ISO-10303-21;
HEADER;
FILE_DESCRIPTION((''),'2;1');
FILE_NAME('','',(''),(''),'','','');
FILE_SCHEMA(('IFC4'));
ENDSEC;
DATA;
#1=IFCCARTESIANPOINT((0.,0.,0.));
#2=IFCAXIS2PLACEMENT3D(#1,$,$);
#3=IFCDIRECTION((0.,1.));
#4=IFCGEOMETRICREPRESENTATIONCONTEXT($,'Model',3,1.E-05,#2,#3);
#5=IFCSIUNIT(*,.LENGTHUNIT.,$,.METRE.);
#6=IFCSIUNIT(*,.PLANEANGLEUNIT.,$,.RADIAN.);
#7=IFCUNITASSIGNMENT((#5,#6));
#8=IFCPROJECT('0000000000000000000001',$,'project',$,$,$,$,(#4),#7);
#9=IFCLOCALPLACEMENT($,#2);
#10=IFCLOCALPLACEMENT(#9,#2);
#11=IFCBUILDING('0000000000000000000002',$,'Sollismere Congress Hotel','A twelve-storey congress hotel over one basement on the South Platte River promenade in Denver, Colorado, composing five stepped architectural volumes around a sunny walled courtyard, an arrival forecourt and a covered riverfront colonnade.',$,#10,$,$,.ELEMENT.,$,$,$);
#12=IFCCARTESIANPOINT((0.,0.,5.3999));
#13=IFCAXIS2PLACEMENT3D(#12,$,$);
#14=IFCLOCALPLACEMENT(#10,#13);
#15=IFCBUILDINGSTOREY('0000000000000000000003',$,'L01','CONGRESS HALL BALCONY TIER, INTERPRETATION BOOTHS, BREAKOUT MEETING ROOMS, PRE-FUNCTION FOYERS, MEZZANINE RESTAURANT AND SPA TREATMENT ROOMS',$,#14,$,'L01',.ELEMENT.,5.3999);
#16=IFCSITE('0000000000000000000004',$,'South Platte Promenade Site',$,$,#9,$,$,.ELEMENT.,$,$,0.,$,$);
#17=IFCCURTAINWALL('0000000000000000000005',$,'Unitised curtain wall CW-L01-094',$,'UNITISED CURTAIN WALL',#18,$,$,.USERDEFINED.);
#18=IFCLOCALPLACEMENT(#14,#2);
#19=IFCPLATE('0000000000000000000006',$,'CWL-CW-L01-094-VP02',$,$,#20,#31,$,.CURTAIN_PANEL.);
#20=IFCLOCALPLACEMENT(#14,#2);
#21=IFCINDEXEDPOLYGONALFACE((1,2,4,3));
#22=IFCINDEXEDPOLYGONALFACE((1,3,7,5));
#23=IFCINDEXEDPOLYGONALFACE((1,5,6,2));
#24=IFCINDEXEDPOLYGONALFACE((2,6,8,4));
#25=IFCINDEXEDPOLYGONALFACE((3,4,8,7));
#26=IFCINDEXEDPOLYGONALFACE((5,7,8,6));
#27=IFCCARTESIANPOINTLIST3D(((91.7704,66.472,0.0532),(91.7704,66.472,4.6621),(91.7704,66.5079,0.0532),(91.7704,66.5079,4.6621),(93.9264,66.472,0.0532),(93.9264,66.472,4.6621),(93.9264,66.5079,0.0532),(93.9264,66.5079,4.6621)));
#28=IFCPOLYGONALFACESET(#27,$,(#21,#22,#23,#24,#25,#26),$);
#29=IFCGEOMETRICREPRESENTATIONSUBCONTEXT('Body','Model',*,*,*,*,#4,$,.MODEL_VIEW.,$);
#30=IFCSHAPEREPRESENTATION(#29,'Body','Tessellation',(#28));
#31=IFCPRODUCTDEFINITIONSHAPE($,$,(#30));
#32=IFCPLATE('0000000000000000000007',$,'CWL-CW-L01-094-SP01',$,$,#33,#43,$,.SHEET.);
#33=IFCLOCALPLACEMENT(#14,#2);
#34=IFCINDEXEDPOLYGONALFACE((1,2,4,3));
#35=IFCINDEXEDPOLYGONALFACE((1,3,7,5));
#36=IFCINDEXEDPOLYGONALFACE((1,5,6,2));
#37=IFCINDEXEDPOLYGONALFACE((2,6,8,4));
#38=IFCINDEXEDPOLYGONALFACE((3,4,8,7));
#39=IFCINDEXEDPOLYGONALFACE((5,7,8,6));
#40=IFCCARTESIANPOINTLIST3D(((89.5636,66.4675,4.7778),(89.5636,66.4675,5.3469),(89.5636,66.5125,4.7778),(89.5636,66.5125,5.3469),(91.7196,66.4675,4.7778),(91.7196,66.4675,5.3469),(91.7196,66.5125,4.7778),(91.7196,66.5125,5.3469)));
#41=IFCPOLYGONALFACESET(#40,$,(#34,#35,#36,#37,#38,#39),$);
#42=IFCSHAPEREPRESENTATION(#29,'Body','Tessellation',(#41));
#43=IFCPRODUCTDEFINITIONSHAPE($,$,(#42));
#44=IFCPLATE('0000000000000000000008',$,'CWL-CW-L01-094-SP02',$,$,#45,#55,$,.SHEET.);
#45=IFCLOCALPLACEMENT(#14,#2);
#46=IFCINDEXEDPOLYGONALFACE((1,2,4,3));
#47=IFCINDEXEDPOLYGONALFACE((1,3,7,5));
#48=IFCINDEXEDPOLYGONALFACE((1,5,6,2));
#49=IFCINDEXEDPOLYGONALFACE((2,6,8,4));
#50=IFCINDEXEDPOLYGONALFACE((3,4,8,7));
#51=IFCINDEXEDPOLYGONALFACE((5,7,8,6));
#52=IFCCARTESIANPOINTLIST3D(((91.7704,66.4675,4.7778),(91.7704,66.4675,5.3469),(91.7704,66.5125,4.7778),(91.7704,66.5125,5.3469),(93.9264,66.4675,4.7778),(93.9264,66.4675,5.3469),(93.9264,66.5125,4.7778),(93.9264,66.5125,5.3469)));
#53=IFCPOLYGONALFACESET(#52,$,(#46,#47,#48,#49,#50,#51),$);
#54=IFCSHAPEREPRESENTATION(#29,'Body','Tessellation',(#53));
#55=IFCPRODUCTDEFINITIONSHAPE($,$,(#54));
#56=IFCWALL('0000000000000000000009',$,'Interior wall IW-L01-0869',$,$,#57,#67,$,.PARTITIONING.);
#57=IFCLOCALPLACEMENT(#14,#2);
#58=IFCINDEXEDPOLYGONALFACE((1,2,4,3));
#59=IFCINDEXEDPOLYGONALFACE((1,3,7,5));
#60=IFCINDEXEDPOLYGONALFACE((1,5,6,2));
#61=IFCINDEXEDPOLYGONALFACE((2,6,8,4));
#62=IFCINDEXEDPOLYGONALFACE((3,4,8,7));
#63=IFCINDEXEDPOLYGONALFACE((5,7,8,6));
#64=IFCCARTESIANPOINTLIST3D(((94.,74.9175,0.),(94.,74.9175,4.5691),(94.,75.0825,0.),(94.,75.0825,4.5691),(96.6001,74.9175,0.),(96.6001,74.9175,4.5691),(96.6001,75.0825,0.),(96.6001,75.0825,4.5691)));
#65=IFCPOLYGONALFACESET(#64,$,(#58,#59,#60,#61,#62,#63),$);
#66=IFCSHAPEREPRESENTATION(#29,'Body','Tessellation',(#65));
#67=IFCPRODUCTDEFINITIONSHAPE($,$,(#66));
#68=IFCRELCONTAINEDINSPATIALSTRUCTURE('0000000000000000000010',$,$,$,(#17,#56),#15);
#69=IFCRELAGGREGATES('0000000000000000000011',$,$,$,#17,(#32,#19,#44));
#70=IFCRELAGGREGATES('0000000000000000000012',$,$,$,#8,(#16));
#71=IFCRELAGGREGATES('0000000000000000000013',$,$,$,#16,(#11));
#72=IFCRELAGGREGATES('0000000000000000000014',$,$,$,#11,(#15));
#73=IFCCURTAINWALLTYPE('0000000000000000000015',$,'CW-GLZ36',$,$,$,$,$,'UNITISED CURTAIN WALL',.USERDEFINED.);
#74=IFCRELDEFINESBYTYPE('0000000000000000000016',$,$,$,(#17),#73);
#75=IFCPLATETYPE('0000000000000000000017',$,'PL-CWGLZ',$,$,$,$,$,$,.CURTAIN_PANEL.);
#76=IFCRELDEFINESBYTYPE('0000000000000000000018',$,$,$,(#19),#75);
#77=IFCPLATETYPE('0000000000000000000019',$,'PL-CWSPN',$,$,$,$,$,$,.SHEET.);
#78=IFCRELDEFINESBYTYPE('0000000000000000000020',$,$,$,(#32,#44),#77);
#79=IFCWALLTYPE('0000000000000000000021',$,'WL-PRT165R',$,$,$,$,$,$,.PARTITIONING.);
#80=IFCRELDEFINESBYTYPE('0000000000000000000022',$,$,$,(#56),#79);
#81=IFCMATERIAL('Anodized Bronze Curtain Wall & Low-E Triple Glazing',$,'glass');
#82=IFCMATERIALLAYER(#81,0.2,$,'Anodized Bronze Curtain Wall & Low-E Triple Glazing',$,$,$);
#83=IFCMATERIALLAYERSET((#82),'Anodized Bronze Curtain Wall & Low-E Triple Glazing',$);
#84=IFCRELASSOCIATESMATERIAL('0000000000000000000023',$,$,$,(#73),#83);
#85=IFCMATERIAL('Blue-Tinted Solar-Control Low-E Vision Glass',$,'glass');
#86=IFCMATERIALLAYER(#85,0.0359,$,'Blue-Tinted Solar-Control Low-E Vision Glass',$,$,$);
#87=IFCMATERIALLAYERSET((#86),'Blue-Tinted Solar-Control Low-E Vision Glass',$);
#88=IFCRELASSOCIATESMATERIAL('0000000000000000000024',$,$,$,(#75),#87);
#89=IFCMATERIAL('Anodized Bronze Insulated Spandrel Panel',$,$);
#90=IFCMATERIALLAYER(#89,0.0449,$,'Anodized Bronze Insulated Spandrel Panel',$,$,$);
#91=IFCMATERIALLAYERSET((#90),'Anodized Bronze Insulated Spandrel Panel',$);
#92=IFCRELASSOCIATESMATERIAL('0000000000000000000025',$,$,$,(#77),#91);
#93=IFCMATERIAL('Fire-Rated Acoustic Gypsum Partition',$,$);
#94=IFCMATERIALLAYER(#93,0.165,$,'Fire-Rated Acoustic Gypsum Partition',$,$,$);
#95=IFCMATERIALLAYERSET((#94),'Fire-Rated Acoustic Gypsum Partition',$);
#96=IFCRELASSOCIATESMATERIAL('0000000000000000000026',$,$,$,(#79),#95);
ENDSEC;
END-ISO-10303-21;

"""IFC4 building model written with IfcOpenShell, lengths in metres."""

from ifc_helpers import new_model, si_unit, direction, frame, frame_2d, origin, origin_2d, place, context, subcontext, project, spatial, rectangle, extrude, material, layer, layer_set, type_object, element, aggregate, save


model = new_model("IFC4")

# Units and contexts
model_context = context("Model", 3, precision=1e-05, world=origin(), true_north=direction((0.0, 1.0)))
body_context = subcontext(model_context, "Body", "Model", "MODEL_VIEW")
ifc_project = project(units=[si_unit("LENGTHUNIT", "METRE"), si_unit("PLANEANGLEUNIT", "RADIAN")], contexts=[model_context])

# Site, building, storey
site_placement = place(None, origin())
site = spatial("IfcSite", under=ifc_project, at=site_placement, Name="South Platte Promenade Site", CompositionType="ELEMENT", RefElevation=0.0)
building_placement = place(site_placement, origin())
building = spatial("IfcBuilding", under=site, at=building_placement, Name="Sollismere Congress Hotel", Description="A twelve-storey congress hotel over one basement on the South Platte River promenade in Denver, Colorado, composing five stepped architectural volumes around a sunny walled courtyard, an arrival forecourt and a covered riverfront colonnade.", CompositionType="ELEMENT")
storey_placement = place(building_placement, frame((0.0, 0.0, 5.3999)))
storey = spatial("IfcBuildingStorey", under=building, at=storey_placement, Name="L01", Description="CONGRESS HALL BALCONY TIER, INTERPRETATION BOOTHS, BREAKOUT MEETING ROOMS, PRE-FUNCTION FOYERS, MEZZANINE RESTAURANT AND SPA TREATMENT ROOMS", LongName="L01", CompositionType="ELEMENT", Elevation=5.3999)

# Curtain wall
ifc_material_1 = material(Name="Anodized Bronze Curtain Wall & Low-E Triple Glazing", Category="glass")
ifc_layer_1 = layer(ifc_material_1, 0.2, Name="Anodized Bronze Curtain Wall & Low-E Triple Glazing")
ifc_layer_set_1 = layer_set([ifc_layer_1], Name="Anodized Bronze Curtain Wall & Low-E Triple Glazing")
curtain_wall_type = type_object("IfcCurtainWallType", Name="CW-GLZ36", ElementType="UNITISED CURTAIN WALL", PredefinedType="USERDEFINED", material=ifc_layer_set_1)
curtain_wall_1_placement = place(storey_placement, origin())
curtain_wall_1 = element("IfcCurtainWall", 1, at=curtain_wall_1_placement, inside=storey, type_object=curtain_wall_type, Name="Unitised curtain wall CW-L01-094", ObjectType="UNITISED CURTAIN WALL", PredefinedType="USERDEFINED")

# Plates
ifc_material_2 = material(Name="Blue-Tinted Solar-Control Low-E Vision Glass", Category="glass")
ifc_layer_2 = layer(ifc_material_2, 0.0359, Name="Blue-Tinted Solar-Control Low-E Vision Glass")
ifc_layer_set_2 = layer_set([ifc_layer_2], Name="Blue-Tinted Solar-Control Low-E Vision Glass")
plate_type_1 = type_object("IfcPlateType", Name="PL-CWGLZ", PredefinedType="CURTAIN_PANEL", material=ifc_layer_set_2)
plate_1_placement = place(storey_placement, frame((92.8484, 66.49, 0.0532), z_axis=(0.0, 0.0, 1.0), x_axis=(1.0, 0.0, 0.0)))
plate_1 = element("IfcPlate", 2, at=plate_1_placement, type_object=plate_type_1, Name="CWL-CW-L01-094-VP02", PredefinedType="CURTAIN_PANEL", context=body_context, shape_type="SweptSolid", body=[
    extrude(rectangle(XDim=2.156, YDim=0.0359, at=origin_2d()), origin(), (0.0, 0.0, 1.0), 4.6089),
])
ifc_material_3 = material(Name="Anodized Bronze Insulated Spandrel Panel")
ifc_layer_3 = layer(ifc_material_3, 0.0449, Name="Anodized Bronze Insulated Spandrel Panel")
ifc_layer_set_3 = layer_set([ifc_layer_3], Name="Anodized Bronze Insulated Spandrel Panel")
plate_type_2 = type_object("IfcPlateType", Name="PL-CWSPN", PredefinedType="SHEET", material=ifc_layer_set_3)
plate_2_placement = place(storey_placement, frame((90.6416, 66.49, 4.7778), z_axis=(0.0, 0.0, 1.0), x_axis=(1.0, 0.0, 0.0)))
plate_2 = element("IfcPlate", 3, at=plate_2_placement, type_object=plate_type_2, Name="CWL-CW-L01-094-SP01", PredefinedType="SHEET", context=body_context, shape_type="SweptSolid", body=[
    extrude(rectangle(XDim=2.156, YDim=0.0449, at=origin_2d()), origin(), (0.0, 0.0, 1.0), 0.5691),
])
plate_3_placement = place(storey_placement, frame((92.8484, 66.49, 4.7778), z_axis=(0.0, 0.0, 1.0), x_axis=(1.0, 0.0, 0.0)))
plate_3 = element("IfcPlate", 4, at=plate_3_placement, type_object=plate_type_2, Name="CWL-CW-L01-094-SP02", PredefinedType="SHEET", context=body_context, shape_type="SweptSolid", body=[
    extrude(rectangle(XDim=2.156, YDim=0.0449, at=origin_2d()), origin(), (0.0, 0.0, 1.0), 0.5691),
])
aggregate(curtain_wall_1, [plate_2, plate_1, plate_3])

# Shared definitions
ifc_material_4 = material(Name="Fire-Rated Acoustic Gypsum Partition")
ifc_layer_4 = layer(ifc_material_4, 0.165, Name="Fire-Rated Acoustic Gypsum Partition")
ifc_layer_set_4 = layer_set([ifc_layer_4], Name="Fire-Rated Acoustic Gypsum Partition")
wall_type = type_object("IfcWallType", Name="WL-PRT165R", PredefinedType="PARTITIONING", material=ifc_layer_set_4)

# Wall
wall_1_placement = place(storey_placement, frame((94.0, 75.0, 0.0), z_axis=(0.0, 0.0, 1.0), x_axis=(1.0, 0.0, 0.0)))
element("IfcWall", 5, at=wall_1_placement, inside=storey, type_object=wall_type, Name="Interior wall IW-L01-0869", PredefinedType="PARTITIONING", context=body_context, shape_type="SweptSolid", body=[
    extrude(rectangle(XDim=2.6001, YDim=0.165, at=frame_2d((1.3, 0.0))), origin(), (0.0, 0.0, 1.0), 4.5691),
])

save(model, "model.ifc")
